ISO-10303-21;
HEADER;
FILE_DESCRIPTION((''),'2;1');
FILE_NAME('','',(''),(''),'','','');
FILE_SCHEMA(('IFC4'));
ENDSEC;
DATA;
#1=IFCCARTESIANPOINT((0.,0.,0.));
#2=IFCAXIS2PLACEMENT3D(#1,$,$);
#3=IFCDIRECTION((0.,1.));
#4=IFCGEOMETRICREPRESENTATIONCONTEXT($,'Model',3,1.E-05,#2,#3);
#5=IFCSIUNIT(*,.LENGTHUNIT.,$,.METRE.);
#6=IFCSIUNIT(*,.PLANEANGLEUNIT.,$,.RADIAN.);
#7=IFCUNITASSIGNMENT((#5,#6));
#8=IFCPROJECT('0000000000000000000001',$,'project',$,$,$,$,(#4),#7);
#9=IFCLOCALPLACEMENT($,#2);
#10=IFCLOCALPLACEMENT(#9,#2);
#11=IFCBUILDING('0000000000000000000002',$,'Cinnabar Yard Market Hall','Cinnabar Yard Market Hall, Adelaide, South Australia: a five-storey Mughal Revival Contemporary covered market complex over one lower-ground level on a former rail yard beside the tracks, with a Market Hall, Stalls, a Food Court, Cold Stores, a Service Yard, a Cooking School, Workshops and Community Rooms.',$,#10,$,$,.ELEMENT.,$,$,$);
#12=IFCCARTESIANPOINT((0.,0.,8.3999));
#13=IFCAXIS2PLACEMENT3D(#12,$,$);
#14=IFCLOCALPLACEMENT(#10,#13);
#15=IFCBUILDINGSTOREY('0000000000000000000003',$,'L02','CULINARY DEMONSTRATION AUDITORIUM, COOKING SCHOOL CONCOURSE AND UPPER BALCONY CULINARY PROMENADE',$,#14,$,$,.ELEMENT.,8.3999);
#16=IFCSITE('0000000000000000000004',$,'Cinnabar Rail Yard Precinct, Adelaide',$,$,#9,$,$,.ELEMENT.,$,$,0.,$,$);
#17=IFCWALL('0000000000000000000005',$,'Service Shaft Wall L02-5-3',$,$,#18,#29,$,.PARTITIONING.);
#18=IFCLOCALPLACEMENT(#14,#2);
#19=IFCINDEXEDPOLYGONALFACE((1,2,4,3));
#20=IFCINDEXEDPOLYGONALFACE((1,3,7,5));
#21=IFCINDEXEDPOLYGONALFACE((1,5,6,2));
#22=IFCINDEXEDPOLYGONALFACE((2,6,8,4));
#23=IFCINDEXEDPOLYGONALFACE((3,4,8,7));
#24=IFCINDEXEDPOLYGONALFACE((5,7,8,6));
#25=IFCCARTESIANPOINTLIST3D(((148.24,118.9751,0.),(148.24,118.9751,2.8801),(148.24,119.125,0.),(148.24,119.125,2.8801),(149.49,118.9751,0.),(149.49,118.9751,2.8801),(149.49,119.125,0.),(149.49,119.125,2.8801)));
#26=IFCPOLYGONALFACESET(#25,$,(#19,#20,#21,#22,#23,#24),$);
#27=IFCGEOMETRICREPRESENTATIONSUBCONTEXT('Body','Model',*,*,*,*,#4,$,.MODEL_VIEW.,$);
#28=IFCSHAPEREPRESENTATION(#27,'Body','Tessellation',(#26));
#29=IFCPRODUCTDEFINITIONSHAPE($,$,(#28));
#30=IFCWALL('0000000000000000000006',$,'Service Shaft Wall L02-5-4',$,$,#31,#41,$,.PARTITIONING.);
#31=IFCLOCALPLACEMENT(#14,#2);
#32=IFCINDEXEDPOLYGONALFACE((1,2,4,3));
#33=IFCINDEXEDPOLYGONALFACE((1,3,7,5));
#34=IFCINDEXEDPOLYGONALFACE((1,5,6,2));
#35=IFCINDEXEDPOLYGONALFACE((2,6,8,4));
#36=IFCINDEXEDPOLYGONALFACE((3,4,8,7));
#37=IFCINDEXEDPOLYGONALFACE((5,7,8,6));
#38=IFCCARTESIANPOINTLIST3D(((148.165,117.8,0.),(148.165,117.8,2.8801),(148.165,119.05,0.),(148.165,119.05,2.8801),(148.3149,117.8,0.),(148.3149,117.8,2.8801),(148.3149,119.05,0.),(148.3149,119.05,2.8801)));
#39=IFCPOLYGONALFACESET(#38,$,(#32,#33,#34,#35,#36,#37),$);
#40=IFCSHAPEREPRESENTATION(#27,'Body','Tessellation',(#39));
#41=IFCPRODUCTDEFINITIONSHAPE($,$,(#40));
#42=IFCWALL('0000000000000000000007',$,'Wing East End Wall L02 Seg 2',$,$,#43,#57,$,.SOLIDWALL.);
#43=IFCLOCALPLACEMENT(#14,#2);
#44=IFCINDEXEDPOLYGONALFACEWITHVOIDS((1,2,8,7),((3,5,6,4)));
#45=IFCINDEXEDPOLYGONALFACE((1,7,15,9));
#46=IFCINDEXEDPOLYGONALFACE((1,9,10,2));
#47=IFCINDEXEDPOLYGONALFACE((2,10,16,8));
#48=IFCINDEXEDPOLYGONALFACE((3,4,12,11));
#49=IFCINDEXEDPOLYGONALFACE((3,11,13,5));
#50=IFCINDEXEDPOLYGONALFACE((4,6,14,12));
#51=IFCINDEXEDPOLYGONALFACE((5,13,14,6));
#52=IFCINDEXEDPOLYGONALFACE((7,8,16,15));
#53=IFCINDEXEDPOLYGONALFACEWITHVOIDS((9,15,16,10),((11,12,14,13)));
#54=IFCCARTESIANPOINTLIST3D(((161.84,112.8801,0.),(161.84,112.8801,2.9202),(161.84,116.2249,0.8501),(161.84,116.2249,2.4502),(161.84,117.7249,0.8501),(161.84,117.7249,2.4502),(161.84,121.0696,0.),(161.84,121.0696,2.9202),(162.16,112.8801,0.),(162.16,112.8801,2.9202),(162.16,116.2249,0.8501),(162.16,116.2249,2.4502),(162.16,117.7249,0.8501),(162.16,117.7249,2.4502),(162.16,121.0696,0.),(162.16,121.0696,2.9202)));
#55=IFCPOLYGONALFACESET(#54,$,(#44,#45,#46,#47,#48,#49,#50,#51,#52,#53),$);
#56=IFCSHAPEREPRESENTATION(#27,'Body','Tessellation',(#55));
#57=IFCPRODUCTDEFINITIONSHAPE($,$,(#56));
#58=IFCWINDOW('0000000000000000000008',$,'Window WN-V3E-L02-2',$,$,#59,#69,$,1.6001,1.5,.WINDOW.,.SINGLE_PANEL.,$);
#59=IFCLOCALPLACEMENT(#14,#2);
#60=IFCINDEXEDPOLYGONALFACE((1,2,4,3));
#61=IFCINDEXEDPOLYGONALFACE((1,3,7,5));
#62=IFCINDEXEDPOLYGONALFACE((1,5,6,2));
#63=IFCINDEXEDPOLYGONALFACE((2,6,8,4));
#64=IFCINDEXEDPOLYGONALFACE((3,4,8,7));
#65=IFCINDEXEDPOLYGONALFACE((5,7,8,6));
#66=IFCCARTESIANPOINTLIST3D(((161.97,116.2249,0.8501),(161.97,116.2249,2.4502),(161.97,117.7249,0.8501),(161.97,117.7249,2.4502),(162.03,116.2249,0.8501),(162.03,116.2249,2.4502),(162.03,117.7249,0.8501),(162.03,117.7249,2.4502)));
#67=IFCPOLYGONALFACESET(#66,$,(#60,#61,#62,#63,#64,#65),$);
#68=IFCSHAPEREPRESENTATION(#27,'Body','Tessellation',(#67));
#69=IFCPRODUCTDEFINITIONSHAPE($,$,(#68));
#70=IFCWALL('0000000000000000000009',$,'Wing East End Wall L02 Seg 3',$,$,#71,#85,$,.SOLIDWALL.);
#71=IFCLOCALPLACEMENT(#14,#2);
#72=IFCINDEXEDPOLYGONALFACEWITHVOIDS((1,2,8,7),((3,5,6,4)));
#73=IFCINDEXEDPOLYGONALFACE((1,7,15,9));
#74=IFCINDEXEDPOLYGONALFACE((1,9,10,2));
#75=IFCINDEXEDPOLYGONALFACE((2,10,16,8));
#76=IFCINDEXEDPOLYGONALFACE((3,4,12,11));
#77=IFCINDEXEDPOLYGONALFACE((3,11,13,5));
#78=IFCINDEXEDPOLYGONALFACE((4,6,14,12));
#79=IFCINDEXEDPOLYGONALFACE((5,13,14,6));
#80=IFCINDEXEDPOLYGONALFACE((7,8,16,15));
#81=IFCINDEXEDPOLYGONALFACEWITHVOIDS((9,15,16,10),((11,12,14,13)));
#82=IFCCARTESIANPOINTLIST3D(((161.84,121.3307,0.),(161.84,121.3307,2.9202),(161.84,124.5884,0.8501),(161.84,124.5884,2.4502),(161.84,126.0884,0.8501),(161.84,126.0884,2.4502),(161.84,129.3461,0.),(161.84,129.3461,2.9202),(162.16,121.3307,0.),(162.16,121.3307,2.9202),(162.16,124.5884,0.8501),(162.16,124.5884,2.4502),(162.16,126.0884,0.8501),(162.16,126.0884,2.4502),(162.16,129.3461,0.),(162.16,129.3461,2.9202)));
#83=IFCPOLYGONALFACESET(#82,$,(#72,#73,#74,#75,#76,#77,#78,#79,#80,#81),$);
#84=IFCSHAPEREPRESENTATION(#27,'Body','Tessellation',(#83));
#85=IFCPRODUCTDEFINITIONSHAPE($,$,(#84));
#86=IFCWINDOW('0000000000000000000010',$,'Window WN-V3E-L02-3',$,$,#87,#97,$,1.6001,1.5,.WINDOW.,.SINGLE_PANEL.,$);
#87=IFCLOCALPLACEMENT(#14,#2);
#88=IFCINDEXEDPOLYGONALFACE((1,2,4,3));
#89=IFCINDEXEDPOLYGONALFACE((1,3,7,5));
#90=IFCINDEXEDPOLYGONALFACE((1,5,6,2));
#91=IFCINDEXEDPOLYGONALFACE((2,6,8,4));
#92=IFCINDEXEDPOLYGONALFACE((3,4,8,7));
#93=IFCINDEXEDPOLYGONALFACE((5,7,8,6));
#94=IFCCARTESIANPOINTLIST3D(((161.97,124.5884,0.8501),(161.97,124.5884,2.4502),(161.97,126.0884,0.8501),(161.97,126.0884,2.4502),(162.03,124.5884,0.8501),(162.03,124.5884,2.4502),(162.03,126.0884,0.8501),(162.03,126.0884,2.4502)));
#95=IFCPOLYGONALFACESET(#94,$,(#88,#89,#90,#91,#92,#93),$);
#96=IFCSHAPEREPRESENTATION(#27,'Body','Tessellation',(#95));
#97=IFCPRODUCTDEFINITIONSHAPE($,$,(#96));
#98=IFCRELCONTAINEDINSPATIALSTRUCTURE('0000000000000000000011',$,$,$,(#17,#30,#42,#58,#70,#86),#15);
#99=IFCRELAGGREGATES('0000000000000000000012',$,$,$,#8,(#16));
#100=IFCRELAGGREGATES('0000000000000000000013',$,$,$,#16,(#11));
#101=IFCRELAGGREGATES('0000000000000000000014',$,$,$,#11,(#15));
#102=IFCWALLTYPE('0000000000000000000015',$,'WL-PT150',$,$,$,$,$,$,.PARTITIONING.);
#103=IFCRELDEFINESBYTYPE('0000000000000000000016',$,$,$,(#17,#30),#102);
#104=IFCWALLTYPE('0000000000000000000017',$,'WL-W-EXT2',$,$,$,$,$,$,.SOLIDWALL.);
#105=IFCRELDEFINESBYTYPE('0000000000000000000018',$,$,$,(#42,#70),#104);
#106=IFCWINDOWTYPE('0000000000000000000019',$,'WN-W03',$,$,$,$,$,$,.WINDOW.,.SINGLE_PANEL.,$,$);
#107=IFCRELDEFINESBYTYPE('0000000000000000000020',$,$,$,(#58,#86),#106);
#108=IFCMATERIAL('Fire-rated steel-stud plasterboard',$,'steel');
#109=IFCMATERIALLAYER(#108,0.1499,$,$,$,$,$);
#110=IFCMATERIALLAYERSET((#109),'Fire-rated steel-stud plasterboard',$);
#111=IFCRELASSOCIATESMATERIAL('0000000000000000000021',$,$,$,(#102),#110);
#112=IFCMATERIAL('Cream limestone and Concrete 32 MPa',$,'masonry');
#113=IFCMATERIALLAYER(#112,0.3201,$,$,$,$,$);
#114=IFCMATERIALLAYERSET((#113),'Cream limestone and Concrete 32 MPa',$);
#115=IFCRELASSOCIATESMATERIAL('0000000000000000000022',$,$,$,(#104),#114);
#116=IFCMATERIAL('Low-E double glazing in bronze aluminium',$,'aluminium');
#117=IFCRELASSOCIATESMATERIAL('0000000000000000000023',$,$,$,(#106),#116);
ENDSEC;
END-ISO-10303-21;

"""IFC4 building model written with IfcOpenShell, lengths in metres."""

from ifc_helpers import new_model, si_unit, direction, frame, frame_2d, origin, place, context, subcontext, project, spatial, rectangle, extrude, material, layer, layer_set, type_object, element, fill, save


model = new_model("IFC4")

# Units and contexts
model_context = context("Model", 3, precision=1e-05, world=origin(), true_north=direction((0.0, 1.0)))
body_context = subcontext(model_context, "Body", "Model", "MODEL_VIEW")
ifc_project = project(units=[si_unit("LENGTHUNIT", "METRE"), si_unit("PLANEANGLEUNIT", "RADIAN")], contexts=[model_context])

# Site, building, storey
site_placement = place(None, origin())
site = spatial("IfcSite", under=ifc_project, at=site_placement, Name="Cinnabar Rail Yard Precinct, Adelaide", CompositionType="ELEMENT", RefElevation=0.0)
building_placement = place(site_placement, origin())
building = spatial("IfcBuilding", under=site, at=building_placement, Name="Cinnabar Yard Market Hall", Description="Cinnabar Yard Market Hall, Adelaide, South Australia: a five-storey Mughal Revival Contemporary covered market complex over one lower-ground level on a former rail yard beside the tracks, with a Market Hall, Stalls, a Food Court, Cold Stores, a Service Yard, a Cooking School, Workshops and Community Rooms.", CompositionType="ELEMENT")
storey_placement = place(building_placement, frame((0.0, 0.0, 8.3999)))
storey = spatial("IfcBuildingStorey", under=building, at=storey_placement, Name="L02", Description="CULINARY DEMONSTRATION AUDITORIUM, COOKING SCHOOL CONCOURSE AND UPPER BALCONY CULINARY PROMENADE", CompositionType="ELEMENT", Elevation=8.3999)

# Walls
ifc_material_1 = material(Name="Fire-rated steel-stud plasterboard", Category="steel")
ifc_layer_1 = layer(ifc_material_1, 0.1499)
ifc_layer_set_1 = layer_set([ifc_layer_1], Name="Fire-rated steel-stud plasterboard")
wall_type_1 = type_object("IfcWallType", Name="WL-PT150", PredefinedType="PARTITIONING", material=ifc_layer_set_1)
for number, where, z_axis, x_axis, name in (
    (1, (149.49, 119.05, 0.0), (0.0, 0.0, 1.0), (-1.0, 0.0, 0.0), "Service Shaft Wall L02-5-3"),
    (2, (148.24, 119.05, 0.0), (0.0, 0.0, 1.0), (0.0, -1.0, 0.0), "Service Shaft Wall L02-5-4"),
):
    element("IfcWall", number, at=place(storey_placement, frame(where, z_axis=z_axis, x_axis=x_axis)), inside=storey, type_object=wall_type_1, Name=name, PredefinedType="PARTITIONING", context=body_context, shape_type="SweptSolid", body=[
        extrude(rectangle(XDim=1.25, YDim=0.1499, at=frame_2d((0.625, 0.0), x_axis=(1.0, 0.0))), origin(), (0.0, 0.0, 1.0), 2.8801),
    ])

# Walls, openings, windows
ifc_material_2 = material(Name="Cream limestone and Concrete 32 MPa", Category="masonry")
ifc_layer_2 = layer(ifc_material_2, 0.3201)
ifc_layer_set_2 = layer_set([ifc_layer_2], Name="Cream limestone and Concrete 32 MPa")
wall_type_2 = type_object("IfcWallType", Name="WL-W-EXT2", PredefinedType="SOLIDWALL", material=ifc_layer_set_2)
wall_1_placement = place(storey_placement, frame((162.0, 112.8801, 0.0), z_axis=(0.0, 0.0, 1.0), x_axis=(0.0, 1.0, 0.0)))
wall_1 = element("IfcWall", 3, at=wall_1_placement, inside=storey, type_object=wall_type_2, Name="Wing East End Wall L02 Seg 2", PredefinedType="SOLIDWALL", context=body_context, shape_type="SweptSolid", body=[
    extrude(rectangle(XDim=8.1895, YDim=0.3201, at=frame_2d((4.0947, 0.0), x_axis=(1.0, 0.0))), origin(), (0.0, 0.0, 1.0), 2.9202),
])
opening_1_placement = place(wall_1_placement, frame((3.3447, 0.0, 0.8501)))
opening_1 = element("IfcOpeningElement", 4, at=opening_1_placement, cuts=wall_1, PredefinedType="OPENING", context=body_context, shape_type="SweptSolid", body=[
    extrude(rectangle(XDim=1.5, YDim=1.6001, at=frame_2d((0.75, 0.8), x_axis=(1.0, 0.0))), frame((0.0, 0.1699, 0.0), z_axis=(0.0, -1.0, 0.0), x_axis=(1.0, 0.0, 0.0)), (0.0, 0.0, 1.0), 0.3401),
])
ifc_material_3 = material(Name="Low-E double glazing in bronze aluminium", Category="aluminium")
window_type = type_object("IfcWindowType", Name="WN-W03", PartitioningType="SINGLE_PANEL", PredefinedType="WINDOW", material=ifc_material_3)
window_1_placement = place(opening_1_placement, origin())
window_1 = element("IfcWindow", 5, at=window_1_placement, inside=storey, type_object=window_type, Name="Window WN-V3E-L02-2", OverallHeight=1.6001, OverallWidth=1.5, PartitioningType="SINGLE_PANEL", PredefinedType="WINDOW", context=body_context, shape_type="SweptSolid", body=[
    extrude(rectangle(XDim=1.5, YDim=1.6001, at=frame_2d((0.75, 0.8), x_axis=(1.0, 0.0))), frame((0.0, 0.03, 0.0), z_axis=(0.0, -1.0, 0.0), x_axis=(1.0, 0.0, 0.0)), (0.0, 0.0, 1.0), 0.0601),
])
fill(opening_1, window_1)
wall_2_placement = place(storey_placement, frame((162.0, 121.3306, 0.0), z_axis=(0.0, 0.0, 1.0), x_axis=(0.0, 1.0, 0.0)))
wall_2 = element("IfcWall", 6, at=wall_2_placement, inside=storey, type_object=wall_type_2, Name="Wing East End Wall L02 Seg 3", PredefinedType="SOLIDWALL", context=body_context, shape_type="SweptSolid", body=[
    extrude(rectangle(XDim=8.0154, YDim=0.3201, at=frame_2d((4.0078, 0.0), x_axis=(1.0, 0.0))), origin(), (0.0, 0.0, 1.0), 2.9202),
])
opening_2_placement = place(wall_2_placement, frame((3.2578, 0.0, 0.8501)))
opening_2 = element("IfcOpeningElement", 7, at=opening_2_placement, cuts=wall_2, PredefinedType="OPENING", context=body_context, shape_type="SweptSolid", body=[
    extrude(rectangle(XDim=1.5, YDim=1.6001, at=frame_2d((0.75, 0.8), x_axis=(1.0, 0.0))), frame((0.0, 0.1699, 0.0), z_axis=(0.0, -1.0, 0.0), x_axis=(1.0, 0.0, 0.0)), (0.0, 0.0, 1.0), 0.3401),
])
window_2_placement = place(opening_2_placement, origin())
window_2 = element("IfcWindow", 8, at=window_2_placement, inside=storey, type_object=window_type, Name="Window WN-V3E-L02-3", OverallHeight=1.6001, OverallWidth=1.5, PartitioningType="SINGLE_PANEL", PredefinedType="WINDOW", context=body_context, shape_type="SweptSolid", body=[
    extrude(rectangle(XDim=1.5, YDim=1.6001, at=frame_2d((0.75, 0.8), x_axis=(1.0, 0.0))), frame((0.0, 0.03, 0.0), z_axis=(0.0, -1.0, 0.0), x_axis=(1.0, 0.0, 0.0)), (0.0, 0.0, 1.0), 0.0601),
])
fill(opening_2, window_2)

save(model, "model.ifc")
